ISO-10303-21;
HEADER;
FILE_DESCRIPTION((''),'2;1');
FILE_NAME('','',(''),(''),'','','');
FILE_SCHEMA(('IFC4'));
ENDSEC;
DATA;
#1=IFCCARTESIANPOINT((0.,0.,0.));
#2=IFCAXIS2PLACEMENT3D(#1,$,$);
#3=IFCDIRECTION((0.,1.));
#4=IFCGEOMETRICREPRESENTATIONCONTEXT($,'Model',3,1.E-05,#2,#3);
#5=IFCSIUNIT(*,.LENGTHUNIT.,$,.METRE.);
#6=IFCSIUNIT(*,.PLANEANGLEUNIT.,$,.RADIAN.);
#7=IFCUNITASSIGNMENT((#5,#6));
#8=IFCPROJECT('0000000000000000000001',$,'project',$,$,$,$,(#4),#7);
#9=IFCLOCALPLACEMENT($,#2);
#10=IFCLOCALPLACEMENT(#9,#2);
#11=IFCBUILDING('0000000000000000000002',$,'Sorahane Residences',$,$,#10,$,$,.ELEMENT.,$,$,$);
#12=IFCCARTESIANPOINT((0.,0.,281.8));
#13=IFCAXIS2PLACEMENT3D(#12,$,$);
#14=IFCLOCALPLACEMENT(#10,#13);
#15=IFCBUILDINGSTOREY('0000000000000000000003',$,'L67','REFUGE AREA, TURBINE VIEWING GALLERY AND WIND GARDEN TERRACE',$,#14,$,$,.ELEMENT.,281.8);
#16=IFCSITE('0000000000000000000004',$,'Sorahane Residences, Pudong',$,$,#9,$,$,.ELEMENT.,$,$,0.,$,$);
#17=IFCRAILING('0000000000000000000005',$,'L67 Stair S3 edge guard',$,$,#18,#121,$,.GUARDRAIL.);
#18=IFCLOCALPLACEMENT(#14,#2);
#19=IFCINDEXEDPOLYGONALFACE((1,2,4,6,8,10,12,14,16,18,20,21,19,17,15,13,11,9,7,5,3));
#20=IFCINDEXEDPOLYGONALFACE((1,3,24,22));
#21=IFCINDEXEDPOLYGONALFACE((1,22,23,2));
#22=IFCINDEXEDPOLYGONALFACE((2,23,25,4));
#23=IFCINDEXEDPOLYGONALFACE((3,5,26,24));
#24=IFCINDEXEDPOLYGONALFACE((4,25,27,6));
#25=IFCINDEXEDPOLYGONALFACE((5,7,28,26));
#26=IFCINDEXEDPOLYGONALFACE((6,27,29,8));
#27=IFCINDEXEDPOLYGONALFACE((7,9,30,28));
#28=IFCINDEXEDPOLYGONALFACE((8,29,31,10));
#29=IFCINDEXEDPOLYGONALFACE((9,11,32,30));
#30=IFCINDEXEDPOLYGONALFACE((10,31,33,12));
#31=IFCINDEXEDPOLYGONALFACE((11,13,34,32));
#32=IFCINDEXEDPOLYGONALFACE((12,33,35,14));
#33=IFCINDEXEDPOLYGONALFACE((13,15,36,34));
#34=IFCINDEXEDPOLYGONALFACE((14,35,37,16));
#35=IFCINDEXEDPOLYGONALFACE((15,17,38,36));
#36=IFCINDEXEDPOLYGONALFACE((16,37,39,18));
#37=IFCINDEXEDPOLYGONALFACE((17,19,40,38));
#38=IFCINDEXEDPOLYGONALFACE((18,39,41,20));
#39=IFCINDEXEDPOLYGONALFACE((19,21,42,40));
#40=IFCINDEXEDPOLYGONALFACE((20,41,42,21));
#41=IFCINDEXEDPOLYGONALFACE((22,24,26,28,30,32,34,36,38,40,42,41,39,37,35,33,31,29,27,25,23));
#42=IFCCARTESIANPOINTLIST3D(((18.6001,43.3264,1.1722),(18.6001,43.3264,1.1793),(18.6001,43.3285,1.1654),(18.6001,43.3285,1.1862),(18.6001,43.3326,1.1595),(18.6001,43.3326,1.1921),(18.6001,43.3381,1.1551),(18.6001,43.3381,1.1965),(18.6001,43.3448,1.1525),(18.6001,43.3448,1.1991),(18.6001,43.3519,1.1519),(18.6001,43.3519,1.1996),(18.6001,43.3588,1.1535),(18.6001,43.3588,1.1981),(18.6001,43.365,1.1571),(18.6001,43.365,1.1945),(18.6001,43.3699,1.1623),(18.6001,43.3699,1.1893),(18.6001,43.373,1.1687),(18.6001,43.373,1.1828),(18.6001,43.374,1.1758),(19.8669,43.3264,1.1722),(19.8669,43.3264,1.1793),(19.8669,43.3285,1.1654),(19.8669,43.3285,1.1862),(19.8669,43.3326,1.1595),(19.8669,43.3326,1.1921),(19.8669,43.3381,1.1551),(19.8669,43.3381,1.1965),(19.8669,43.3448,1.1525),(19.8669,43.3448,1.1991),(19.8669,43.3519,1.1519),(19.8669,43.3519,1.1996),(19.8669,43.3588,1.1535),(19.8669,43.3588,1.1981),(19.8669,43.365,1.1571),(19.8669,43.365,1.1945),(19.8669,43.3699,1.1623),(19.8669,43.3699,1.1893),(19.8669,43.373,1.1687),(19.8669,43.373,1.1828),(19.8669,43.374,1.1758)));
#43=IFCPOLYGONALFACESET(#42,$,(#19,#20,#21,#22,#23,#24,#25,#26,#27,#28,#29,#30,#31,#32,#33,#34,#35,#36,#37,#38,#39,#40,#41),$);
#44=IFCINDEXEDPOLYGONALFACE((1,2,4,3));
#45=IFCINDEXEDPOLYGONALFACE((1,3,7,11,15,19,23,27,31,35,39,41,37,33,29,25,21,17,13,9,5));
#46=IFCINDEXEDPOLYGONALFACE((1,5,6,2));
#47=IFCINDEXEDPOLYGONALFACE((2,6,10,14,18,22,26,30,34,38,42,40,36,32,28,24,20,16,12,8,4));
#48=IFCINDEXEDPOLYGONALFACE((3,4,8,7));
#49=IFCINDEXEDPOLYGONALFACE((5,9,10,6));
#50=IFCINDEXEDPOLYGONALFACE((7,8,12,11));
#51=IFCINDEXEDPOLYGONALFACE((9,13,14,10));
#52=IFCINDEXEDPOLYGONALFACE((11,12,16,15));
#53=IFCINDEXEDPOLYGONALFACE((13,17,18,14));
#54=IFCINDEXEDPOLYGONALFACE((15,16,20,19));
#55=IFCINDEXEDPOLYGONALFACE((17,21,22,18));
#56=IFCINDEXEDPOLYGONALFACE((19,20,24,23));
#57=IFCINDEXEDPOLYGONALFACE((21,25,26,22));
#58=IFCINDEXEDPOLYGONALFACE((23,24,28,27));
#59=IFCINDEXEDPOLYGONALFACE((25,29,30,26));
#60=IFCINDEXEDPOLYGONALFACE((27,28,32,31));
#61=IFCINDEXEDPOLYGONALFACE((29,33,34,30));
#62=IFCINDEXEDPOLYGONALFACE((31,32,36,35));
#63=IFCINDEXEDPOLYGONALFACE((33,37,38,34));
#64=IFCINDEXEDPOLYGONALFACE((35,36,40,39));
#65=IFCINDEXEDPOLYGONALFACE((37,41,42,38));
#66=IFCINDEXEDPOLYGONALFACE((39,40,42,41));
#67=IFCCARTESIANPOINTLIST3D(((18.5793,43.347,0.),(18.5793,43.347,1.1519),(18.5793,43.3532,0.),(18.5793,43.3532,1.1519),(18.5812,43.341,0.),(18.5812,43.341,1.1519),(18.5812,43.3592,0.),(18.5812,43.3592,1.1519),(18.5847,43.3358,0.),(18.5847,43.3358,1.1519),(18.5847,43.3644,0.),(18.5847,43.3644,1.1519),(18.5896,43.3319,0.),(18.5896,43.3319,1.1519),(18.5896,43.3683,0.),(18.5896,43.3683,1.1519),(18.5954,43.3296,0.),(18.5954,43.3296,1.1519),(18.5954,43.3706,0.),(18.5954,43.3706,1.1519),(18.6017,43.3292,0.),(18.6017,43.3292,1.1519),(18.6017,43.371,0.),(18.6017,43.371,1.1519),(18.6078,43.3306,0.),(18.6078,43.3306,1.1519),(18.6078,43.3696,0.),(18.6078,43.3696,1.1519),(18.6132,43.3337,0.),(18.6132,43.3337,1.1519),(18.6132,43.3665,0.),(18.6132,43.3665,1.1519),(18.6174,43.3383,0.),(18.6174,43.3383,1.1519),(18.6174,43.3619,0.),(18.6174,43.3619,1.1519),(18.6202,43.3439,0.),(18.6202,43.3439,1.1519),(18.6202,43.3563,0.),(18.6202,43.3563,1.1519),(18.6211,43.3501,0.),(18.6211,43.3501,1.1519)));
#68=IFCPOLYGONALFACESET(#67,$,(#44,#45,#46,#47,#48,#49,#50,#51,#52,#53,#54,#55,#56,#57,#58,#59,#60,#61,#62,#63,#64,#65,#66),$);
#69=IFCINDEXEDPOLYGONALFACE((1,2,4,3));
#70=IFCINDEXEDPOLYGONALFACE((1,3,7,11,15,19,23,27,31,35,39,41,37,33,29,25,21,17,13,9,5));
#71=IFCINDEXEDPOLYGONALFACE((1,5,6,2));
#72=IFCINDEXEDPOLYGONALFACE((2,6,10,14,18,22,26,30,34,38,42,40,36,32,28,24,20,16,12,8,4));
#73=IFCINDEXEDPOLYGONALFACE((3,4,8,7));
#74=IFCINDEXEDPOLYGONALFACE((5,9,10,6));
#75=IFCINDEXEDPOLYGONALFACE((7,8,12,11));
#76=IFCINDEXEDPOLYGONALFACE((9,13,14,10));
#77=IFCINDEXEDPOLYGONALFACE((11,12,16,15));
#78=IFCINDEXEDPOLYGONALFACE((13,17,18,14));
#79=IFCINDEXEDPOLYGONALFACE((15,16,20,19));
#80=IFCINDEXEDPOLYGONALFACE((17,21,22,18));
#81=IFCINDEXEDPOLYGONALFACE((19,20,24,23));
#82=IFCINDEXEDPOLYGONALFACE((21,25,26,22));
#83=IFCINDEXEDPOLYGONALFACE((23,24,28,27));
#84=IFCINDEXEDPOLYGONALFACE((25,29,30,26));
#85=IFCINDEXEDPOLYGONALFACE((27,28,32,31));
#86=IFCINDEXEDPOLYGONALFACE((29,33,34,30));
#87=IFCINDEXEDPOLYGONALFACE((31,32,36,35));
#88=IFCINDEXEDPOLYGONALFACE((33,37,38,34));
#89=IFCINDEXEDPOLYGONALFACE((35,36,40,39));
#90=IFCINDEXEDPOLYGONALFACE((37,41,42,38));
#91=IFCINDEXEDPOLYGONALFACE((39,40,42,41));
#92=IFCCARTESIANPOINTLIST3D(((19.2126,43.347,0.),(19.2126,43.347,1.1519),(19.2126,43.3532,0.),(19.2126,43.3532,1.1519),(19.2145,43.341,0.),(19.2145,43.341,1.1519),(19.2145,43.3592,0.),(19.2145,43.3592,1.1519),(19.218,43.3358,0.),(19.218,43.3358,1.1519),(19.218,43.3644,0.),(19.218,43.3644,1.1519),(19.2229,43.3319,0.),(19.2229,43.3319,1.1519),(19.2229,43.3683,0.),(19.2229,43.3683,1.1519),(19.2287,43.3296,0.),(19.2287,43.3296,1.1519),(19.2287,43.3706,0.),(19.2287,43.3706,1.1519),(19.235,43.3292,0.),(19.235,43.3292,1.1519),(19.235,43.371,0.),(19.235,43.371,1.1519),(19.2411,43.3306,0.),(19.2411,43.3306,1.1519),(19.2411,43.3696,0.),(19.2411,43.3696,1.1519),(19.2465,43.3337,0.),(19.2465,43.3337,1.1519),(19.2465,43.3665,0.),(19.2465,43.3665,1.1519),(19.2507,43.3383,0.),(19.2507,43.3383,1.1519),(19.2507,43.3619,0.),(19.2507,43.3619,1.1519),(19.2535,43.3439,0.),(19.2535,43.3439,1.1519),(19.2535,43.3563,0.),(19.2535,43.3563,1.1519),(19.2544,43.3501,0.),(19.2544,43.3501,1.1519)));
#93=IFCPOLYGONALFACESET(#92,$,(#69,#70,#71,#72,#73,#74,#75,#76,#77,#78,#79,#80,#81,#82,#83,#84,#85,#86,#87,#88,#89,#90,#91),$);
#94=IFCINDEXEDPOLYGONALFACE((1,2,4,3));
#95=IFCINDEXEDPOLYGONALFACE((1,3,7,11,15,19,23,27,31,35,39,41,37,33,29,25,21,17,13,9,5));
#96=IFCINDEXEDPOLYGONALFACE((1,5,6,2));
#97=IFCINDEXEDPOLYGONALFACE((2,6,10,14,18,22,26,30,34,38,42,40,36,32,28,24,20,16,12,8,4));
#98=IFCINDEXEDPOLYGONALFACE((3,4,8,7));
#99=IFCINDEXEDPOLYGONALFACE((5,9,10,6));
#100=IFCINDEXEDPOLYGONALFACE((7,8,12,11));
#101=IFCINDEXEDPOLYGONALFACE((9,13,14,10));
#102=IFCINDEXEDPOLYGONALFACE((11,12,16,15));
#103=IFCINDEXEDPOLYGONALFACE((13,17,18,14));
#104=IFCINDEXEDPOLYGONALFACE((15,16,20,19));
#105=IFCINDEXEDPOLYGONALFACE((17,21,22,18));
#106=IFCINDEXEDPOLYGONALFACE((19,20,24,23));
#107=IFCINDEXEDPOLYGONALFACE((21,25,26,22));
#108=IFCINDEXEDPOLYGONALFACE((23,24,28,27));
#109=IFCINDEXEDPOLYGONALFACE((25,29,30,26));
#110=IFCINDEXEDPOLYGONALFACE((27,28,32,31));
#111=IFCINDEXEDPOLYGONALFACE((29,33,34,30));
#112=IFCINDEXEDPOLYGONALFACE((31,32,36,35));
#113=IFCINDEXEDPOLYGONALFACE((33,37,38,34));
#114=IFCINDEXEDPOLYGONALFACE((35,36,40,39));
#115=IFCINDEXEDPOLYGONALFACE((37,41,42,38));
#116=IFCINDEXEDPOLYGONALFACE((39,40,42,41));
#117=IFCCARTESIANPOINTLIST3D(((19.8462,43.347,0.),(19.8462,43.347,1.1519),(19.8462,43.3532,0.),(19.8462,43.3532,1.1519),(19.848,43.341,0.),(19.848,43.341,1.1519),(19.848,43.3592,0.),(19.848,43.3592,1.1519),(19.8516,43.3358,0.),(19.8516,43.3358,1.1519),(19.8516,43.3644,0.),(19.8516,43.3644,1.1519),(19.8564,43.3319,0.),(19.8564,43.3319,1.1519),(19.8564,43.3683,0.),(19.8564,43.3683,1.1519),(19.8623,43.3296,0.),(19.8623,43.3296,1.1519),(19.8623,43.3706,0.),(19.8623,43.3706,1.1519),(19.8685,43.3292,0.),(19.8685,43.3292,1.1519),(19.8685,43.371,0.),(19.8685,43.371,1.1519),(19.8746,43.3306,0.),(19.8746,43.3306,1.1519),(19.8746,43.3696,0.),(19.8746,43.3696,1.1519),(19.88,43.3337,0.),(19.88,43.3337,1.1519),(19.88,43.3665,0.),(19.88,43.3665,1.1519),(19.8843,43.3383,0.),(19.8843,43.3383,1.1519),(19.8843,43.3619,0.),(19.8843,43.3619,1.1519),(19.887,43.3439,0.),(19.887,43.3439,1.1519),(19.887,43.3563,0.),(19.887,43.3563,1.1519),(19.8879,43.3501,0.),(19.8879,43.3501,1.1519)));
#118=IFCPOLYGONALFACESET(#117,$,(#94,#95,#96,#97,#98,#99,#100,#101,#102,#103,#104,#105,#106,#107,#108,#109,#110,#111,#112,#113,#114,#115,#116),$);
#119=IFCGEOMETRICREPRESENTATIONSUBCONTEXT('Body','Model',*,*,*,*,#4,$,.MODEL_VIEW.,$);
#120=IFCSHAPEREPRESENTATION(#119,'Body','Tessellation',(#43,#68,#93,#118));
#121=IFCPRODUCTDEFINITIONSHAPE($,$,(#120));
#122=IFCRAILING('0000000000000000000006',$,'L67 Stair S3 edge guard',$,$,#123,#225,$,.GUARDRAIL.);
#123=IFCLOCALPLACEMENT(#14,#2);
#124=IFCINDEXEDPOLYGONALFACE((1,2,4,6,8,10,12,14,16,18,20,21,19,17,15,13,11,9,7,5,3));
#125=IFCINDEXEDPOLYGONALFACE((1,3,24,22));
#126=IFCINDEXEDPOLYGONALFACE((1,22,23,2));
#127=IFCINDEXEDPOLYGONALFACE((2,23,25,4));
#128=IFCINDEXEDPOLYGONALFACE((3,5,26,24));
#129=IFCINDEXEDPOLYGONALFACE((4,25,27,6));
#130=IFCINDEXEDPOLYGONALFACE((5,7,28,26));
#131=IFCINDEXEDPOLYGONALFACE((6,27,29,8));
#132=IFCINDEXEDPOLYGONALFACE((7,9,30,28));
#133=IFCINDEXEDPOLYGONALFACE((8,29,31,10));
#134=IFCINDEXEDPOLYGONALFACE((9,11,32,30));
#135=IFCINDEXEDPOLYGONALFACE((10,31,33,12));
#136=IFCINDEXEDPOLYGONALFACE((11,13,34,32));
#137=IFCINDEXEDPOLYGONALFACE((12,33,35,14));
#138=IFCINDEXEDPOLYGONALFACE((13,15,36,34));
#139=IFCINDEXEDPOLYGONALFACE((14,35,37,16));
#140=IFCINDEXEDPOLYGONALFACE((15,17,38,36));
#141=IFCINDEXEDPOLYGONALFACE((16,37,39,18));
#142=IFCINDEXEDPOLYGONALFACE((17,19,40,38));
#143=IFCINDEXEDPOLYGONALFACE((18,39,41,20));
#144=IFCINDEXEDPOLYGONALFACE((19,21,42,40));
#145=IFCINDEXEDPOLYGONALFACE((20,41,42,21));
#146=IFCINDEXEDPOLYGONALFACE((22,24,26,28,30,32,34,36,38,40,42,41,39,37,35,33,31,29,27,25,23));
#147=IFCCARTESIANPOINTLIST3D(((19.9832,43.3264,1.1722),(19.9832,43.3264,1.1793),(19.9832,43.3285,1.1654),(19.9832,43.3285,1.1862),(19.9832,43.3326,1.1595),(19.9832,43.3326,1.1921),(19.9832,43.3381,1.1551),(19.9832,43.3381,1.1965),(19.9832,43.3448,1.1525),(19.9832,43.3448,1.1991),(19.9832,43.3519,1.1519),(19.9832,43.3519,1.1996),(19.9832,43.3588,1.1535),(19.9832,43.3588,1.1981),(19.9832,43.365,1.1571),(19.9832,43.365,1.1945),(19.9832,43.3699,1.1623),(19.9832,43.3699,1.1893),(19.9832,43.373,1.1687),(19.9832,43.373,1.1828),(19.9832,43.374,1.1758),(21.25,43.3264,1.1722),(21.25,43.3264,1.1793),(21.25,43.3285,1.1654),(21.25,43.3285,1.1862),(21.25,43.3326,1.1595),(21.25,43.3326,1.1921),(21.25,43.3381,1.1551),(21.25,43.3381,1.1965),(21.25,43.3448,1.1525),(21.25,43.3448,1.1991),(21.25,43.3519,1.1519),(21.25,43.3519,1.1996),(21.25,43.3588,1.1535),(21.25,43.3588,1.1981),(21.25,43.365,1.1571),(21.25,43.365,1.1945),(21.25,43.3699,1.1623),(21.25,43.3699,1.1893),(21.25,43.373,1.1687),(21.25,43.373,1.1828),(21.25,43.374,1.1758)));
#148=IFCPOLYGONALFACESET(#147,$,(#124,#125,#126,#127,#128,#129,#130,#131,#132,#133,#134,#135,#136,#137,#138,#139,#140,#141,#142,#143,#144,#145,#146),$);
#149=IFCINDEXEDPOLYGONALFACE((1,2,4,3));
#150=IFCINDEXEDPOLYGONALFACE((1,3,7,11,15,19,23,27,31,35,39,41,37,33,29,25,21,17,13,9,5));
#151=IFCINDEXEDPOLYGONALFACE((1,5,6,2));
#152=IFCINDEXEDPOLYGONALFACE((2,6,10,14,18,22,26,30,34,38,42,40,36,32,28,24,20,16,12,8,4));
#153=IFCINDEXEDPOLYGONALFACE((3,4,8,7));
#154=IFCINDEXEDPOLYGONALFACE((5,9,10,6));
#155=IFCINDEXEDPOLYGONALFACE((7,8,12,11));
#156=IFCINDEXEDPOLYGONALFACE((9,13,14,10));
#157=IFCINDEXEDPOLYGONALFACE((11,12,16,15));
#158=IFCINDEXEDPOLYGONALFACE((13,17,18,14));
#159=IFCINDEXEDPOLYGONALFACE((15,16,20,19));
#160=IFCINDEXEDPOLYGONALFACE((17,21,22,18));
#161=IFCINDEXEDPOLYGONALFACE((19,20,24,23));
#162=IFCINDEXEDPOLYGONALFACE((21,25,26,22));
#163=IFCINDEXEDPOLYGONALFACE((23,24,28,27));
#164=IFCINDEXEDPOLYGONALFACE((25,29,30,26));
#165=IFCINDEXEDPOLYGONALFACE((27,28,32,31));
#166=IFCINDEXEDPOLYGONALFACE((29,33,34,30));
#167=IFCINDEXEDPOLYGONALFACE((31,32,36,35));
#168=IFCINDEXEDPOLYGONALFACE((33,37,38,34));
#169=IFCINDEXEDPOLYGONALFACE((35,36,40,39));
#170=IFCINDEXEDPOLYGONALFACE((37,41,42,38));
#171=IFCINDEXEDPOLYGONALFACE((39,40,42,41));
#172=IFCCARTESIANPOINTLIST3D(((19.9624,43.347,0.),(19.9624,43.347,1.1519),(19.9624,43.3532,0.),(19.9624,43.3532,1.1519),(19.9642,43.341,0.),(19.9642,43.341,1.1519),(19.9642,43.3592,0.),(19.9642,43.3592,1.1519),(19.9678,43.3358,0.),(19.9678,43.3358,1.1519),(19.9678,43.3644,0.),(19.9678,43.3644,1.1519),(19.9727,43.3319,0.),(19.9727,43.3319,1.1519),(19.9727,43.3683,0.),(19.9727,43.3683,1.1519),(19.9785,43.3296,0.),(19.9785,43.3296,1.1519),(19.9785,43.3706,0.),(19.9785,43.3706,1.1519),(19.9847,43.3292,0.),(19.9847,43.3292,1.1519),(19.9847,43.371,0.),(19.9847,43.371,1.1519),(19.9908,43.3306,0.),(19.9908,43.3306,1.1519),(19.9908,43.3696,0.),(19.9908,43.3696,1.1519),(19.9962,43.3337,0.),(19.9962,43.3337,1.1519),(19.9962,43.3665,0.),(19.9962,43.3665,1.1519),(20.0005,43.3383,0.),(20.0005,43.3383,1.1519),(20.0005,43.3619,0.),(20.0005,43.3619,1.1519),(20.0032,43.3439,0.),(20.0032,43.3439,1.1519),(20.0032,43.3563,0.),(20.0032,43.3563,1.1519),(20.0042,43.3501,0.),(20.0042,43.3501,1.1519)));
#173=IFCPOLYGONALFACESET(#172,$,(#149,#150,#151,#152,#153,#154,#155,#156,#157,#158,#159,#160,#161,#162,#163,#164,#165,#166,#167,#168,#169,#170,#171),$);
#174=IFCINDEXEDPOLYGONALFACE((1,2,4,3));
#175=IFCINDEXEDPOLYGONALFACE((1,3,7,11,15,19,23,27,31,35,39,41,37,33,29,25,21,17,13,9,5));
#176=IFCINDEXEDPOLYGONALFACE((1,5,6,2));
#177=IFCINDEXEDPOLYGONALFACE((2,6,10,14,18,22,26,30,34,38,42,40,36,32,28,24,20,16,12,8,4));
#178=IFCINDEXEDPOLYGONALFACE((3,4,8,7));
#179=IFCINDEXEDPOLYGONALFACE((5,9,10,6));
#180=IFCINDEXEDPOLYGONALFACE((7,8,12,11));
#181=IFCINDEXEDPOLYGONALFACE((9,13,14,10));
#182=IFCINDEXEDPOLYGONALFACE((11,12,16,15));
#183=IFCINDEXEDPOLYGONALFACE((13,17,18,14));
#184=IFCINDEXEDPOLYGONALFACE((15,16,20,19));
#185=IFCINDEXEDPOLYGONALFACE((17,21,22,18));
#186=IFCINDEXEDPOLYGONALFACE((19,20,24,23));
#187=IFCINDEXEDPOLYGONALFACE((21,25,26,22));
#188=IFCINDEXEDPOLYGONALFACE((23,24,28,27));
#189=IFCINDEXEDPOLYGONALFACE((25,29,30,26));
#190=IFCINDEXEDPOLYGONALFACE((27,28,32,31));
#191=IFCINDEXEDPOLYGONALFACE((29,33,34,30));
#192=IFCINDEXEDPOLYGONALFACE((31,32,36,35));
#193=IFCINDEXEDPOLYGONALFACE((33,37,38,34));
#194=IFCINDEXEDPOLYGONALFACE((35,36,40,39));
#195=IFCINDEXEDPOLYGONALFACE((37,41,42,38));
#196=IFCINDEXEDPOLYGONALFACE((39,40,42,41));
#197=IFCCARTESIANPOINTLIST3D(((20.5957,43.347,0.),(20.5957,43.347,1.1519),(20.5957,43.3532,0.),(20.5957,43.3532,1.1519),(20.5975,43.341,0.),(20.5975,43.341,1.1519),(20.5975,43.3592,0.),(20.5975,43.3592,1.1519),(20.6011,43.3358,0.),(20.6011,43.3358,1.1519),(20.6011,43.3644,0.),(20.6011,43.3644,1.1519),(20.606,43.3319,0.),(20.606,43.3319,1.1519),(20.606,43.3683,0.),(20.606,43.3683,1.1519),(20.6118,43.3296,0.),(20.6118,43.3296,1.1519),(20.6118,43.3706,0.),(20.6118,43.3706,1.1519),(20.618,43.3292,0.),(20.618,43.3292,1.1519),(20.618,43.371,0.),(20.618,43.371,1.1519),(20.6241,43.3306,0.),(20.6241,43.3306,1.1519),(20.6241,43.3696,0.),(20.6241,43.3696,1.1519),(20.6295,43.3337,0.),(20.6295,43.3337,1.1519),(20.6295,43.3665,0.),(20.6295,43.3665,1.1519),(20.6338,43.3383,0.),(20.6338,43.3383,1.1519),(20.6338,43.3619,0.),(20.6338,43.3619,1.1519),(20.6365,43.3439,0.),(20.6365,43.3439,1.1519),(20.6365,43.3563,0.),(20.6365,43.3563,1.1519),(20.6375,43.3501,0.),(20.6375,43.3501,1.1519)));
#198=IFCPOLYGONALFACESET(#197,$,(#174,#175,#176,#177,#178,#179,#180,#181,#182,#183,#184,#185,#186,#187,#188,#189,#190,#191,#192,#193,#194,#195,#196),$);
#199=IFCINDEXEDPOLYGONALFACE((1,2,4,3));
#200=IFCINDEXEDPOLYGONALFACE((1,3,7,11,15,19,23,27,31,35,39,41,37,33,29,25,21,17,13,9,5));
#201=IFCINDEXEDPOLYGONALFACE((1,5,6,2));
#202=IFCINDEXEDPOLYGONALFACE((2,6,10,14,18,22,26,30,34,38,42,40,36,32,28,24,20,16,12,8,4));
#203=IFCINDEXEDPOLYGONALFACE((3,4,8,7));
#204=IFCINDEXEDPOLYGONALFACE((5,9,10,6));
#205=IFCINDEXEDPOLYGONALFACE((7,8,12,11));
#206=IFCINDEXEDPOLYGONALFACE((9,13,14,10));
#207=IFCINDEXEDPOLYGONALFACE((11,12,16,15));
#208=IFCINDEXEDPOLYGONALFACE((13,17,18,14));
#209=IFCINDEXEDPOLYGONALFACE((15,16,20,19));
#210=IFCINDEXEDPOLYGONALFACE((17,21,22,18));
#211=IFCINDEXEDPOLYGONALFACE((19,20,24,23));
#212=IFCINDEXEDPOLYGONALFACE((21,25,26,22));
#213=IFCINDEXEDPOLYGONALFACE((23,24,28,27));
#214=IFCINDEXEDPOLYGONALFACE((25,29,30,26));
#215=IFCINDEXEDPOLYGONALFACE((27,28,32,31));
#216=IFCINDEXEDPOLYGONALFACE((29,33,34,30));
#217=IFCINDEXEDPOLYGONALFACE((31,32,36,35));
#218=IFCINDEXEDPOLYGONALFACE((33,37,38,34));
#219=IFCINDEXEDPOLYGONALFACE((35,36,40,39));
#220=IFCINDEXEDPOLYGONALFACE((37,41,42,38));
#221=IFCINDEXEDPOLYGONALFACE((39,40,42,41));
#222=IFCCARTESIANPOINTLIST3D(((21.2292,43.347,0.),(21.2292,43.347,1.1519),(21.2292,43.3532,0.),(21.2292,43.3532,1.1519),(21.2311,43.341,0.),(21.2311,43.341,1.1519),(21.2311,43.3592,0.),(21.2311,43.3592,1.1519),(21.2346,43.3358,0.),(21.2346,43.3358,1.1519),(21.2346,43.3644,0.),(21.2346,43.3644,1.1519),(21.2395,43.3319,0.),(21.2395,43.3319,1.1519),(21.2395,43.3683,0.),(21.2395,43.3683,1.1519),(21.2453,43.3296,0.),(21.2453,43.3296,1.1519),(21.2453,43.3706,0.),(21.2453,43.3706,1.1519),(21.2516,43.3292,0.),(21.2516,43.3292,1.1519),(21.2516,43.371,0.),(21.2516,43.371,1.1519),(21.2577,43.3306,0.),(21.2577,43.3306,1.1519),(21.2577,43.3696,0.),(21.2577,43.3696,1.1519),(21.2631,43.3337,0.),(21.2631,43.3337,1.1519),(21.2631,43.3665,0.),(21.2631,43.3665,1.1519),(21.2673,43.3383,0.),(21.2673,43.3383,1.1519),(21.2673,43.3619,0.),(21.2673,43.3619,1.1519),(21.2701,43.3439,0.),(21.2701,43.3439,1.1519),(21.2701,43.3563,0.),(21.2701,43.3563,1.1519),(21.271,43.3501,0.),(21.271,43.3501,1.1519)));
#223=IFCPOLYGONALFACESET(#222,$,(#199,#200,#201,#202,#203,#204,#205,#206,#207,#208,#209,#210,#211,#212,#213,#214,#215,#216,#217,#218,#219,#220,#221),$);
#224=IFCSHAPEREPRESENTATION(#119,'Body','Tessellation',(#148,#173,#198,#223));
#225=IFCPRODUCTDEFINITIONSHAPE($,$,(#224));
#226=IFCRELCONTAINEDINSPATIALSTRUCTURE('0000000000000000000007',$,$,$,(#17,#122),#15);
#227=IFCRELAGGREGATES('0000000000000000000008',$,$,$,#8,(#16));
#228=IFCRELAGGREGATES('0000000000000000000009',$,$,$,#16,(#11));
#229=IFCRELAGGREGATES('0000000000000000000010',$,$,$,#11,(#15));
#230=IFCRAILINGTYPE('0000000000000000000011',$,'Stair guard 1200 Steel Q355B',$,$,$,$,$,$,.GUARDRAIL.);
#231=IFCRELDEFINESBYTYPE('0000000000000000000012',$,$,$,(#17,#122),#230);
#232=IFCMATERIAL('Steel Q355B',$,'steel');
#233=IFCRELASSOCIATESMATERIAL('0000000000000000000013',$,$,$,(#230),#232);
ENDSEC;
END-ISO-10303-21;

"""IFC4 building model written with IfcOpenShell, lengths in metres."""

from ifc_helpers import new_model, si_unit, direction, frame, origin, origin_2d, place, context, subcontext, project, spatial, circle, extrude, material, type_object, element, save


model = new_model("IFC4")

# Units and contexts
model_context = context("Model", 3, precision=1e-05, world=origin(), true_north=direction((0.0, 1.0)))
body_context = subcontext(model_context, "Body", "Model", "MODEL_VIEW")
ifc_project = project(units=[si_unit("LENGTHUNIT", "METRE"), si_unit("PLANEANGLEUNIT", "RADIAN")], contexts=[model_context])

# Site, building, storey
site_placement = place(None, origin())
site = spatial("IfcSite", under=ifc_project, at=site_placement, Name="Sorahane Residences, Pudong", CompositionType="ELEMENT", RefElevation=0.0)
building_placement = place(site_placement, origin())
building = spatial("IfcBuilding", under=site, at=building_placement, Name="Sorahane Residences", CompositionType="ELEMENT")
storey_placement = place(building_placement, frame((0.0, 0.0, 281.8)))
storey = spatial("IfcBuildingStorey", under=building, at=storey_placement, Name="L67", Description="REFUGE AREA, TURBINE VIEWING GALLERY AND WIND GARDEN TERRACE", CompositionType="ELEMENT", Elevation=281.8)

# Railings
ifc_material_1 = material(Name="Steel Q355B", Category="steel")
railing_type_1 = type_object("IfcRailingType", Name="Stair guard 1200 Steel Q355B", PredefinedType="GUARDRAIL", material=ifc_material_1)
for number, where, name in (
    (1, (18.6001, 43.3501, 0.0), "L67 Stair S3 edge guard"),
    (2, (19.9832, 43.3501, 0.0), "L67 Stair S3 edge guard"),
):
    element("IfcRailing", number, at=place(storey_placement, frame(where)), inside=storey, type_object=railing_type_1, Name=name, PredefinedType="GUARDRAIL", context=body_context, shape_type="SweptSolid", body=[
        extrude(circle(Radius=0.0239, at=origin_2d()), frame((0.0, 0.0, 1.1758), z_axis=(1.0, 0.0, 0.0), x_axis=(0.0, 1.0, 0.0)), (0.0, 0.0, 1.0), 1.2668),
        extrude(circle(Radius=0.021, at=origin_2d()), origin(), (0.0, 0.0, 1.0), 1.1519),
        extrude(circle(Radius=0.021, at=origin_2d()), frame((0.6333, 0.0, 0.0)), (0.0, 0.0, 1.0), 1.1519),
        extrude(circle(Radius=0.021, at=origin_2d()), frame((1.2668, 0.0, 0.0)), (0.0, 0.0, 1.0), 1.1519),
    ])

save(model, "model.ifc")
